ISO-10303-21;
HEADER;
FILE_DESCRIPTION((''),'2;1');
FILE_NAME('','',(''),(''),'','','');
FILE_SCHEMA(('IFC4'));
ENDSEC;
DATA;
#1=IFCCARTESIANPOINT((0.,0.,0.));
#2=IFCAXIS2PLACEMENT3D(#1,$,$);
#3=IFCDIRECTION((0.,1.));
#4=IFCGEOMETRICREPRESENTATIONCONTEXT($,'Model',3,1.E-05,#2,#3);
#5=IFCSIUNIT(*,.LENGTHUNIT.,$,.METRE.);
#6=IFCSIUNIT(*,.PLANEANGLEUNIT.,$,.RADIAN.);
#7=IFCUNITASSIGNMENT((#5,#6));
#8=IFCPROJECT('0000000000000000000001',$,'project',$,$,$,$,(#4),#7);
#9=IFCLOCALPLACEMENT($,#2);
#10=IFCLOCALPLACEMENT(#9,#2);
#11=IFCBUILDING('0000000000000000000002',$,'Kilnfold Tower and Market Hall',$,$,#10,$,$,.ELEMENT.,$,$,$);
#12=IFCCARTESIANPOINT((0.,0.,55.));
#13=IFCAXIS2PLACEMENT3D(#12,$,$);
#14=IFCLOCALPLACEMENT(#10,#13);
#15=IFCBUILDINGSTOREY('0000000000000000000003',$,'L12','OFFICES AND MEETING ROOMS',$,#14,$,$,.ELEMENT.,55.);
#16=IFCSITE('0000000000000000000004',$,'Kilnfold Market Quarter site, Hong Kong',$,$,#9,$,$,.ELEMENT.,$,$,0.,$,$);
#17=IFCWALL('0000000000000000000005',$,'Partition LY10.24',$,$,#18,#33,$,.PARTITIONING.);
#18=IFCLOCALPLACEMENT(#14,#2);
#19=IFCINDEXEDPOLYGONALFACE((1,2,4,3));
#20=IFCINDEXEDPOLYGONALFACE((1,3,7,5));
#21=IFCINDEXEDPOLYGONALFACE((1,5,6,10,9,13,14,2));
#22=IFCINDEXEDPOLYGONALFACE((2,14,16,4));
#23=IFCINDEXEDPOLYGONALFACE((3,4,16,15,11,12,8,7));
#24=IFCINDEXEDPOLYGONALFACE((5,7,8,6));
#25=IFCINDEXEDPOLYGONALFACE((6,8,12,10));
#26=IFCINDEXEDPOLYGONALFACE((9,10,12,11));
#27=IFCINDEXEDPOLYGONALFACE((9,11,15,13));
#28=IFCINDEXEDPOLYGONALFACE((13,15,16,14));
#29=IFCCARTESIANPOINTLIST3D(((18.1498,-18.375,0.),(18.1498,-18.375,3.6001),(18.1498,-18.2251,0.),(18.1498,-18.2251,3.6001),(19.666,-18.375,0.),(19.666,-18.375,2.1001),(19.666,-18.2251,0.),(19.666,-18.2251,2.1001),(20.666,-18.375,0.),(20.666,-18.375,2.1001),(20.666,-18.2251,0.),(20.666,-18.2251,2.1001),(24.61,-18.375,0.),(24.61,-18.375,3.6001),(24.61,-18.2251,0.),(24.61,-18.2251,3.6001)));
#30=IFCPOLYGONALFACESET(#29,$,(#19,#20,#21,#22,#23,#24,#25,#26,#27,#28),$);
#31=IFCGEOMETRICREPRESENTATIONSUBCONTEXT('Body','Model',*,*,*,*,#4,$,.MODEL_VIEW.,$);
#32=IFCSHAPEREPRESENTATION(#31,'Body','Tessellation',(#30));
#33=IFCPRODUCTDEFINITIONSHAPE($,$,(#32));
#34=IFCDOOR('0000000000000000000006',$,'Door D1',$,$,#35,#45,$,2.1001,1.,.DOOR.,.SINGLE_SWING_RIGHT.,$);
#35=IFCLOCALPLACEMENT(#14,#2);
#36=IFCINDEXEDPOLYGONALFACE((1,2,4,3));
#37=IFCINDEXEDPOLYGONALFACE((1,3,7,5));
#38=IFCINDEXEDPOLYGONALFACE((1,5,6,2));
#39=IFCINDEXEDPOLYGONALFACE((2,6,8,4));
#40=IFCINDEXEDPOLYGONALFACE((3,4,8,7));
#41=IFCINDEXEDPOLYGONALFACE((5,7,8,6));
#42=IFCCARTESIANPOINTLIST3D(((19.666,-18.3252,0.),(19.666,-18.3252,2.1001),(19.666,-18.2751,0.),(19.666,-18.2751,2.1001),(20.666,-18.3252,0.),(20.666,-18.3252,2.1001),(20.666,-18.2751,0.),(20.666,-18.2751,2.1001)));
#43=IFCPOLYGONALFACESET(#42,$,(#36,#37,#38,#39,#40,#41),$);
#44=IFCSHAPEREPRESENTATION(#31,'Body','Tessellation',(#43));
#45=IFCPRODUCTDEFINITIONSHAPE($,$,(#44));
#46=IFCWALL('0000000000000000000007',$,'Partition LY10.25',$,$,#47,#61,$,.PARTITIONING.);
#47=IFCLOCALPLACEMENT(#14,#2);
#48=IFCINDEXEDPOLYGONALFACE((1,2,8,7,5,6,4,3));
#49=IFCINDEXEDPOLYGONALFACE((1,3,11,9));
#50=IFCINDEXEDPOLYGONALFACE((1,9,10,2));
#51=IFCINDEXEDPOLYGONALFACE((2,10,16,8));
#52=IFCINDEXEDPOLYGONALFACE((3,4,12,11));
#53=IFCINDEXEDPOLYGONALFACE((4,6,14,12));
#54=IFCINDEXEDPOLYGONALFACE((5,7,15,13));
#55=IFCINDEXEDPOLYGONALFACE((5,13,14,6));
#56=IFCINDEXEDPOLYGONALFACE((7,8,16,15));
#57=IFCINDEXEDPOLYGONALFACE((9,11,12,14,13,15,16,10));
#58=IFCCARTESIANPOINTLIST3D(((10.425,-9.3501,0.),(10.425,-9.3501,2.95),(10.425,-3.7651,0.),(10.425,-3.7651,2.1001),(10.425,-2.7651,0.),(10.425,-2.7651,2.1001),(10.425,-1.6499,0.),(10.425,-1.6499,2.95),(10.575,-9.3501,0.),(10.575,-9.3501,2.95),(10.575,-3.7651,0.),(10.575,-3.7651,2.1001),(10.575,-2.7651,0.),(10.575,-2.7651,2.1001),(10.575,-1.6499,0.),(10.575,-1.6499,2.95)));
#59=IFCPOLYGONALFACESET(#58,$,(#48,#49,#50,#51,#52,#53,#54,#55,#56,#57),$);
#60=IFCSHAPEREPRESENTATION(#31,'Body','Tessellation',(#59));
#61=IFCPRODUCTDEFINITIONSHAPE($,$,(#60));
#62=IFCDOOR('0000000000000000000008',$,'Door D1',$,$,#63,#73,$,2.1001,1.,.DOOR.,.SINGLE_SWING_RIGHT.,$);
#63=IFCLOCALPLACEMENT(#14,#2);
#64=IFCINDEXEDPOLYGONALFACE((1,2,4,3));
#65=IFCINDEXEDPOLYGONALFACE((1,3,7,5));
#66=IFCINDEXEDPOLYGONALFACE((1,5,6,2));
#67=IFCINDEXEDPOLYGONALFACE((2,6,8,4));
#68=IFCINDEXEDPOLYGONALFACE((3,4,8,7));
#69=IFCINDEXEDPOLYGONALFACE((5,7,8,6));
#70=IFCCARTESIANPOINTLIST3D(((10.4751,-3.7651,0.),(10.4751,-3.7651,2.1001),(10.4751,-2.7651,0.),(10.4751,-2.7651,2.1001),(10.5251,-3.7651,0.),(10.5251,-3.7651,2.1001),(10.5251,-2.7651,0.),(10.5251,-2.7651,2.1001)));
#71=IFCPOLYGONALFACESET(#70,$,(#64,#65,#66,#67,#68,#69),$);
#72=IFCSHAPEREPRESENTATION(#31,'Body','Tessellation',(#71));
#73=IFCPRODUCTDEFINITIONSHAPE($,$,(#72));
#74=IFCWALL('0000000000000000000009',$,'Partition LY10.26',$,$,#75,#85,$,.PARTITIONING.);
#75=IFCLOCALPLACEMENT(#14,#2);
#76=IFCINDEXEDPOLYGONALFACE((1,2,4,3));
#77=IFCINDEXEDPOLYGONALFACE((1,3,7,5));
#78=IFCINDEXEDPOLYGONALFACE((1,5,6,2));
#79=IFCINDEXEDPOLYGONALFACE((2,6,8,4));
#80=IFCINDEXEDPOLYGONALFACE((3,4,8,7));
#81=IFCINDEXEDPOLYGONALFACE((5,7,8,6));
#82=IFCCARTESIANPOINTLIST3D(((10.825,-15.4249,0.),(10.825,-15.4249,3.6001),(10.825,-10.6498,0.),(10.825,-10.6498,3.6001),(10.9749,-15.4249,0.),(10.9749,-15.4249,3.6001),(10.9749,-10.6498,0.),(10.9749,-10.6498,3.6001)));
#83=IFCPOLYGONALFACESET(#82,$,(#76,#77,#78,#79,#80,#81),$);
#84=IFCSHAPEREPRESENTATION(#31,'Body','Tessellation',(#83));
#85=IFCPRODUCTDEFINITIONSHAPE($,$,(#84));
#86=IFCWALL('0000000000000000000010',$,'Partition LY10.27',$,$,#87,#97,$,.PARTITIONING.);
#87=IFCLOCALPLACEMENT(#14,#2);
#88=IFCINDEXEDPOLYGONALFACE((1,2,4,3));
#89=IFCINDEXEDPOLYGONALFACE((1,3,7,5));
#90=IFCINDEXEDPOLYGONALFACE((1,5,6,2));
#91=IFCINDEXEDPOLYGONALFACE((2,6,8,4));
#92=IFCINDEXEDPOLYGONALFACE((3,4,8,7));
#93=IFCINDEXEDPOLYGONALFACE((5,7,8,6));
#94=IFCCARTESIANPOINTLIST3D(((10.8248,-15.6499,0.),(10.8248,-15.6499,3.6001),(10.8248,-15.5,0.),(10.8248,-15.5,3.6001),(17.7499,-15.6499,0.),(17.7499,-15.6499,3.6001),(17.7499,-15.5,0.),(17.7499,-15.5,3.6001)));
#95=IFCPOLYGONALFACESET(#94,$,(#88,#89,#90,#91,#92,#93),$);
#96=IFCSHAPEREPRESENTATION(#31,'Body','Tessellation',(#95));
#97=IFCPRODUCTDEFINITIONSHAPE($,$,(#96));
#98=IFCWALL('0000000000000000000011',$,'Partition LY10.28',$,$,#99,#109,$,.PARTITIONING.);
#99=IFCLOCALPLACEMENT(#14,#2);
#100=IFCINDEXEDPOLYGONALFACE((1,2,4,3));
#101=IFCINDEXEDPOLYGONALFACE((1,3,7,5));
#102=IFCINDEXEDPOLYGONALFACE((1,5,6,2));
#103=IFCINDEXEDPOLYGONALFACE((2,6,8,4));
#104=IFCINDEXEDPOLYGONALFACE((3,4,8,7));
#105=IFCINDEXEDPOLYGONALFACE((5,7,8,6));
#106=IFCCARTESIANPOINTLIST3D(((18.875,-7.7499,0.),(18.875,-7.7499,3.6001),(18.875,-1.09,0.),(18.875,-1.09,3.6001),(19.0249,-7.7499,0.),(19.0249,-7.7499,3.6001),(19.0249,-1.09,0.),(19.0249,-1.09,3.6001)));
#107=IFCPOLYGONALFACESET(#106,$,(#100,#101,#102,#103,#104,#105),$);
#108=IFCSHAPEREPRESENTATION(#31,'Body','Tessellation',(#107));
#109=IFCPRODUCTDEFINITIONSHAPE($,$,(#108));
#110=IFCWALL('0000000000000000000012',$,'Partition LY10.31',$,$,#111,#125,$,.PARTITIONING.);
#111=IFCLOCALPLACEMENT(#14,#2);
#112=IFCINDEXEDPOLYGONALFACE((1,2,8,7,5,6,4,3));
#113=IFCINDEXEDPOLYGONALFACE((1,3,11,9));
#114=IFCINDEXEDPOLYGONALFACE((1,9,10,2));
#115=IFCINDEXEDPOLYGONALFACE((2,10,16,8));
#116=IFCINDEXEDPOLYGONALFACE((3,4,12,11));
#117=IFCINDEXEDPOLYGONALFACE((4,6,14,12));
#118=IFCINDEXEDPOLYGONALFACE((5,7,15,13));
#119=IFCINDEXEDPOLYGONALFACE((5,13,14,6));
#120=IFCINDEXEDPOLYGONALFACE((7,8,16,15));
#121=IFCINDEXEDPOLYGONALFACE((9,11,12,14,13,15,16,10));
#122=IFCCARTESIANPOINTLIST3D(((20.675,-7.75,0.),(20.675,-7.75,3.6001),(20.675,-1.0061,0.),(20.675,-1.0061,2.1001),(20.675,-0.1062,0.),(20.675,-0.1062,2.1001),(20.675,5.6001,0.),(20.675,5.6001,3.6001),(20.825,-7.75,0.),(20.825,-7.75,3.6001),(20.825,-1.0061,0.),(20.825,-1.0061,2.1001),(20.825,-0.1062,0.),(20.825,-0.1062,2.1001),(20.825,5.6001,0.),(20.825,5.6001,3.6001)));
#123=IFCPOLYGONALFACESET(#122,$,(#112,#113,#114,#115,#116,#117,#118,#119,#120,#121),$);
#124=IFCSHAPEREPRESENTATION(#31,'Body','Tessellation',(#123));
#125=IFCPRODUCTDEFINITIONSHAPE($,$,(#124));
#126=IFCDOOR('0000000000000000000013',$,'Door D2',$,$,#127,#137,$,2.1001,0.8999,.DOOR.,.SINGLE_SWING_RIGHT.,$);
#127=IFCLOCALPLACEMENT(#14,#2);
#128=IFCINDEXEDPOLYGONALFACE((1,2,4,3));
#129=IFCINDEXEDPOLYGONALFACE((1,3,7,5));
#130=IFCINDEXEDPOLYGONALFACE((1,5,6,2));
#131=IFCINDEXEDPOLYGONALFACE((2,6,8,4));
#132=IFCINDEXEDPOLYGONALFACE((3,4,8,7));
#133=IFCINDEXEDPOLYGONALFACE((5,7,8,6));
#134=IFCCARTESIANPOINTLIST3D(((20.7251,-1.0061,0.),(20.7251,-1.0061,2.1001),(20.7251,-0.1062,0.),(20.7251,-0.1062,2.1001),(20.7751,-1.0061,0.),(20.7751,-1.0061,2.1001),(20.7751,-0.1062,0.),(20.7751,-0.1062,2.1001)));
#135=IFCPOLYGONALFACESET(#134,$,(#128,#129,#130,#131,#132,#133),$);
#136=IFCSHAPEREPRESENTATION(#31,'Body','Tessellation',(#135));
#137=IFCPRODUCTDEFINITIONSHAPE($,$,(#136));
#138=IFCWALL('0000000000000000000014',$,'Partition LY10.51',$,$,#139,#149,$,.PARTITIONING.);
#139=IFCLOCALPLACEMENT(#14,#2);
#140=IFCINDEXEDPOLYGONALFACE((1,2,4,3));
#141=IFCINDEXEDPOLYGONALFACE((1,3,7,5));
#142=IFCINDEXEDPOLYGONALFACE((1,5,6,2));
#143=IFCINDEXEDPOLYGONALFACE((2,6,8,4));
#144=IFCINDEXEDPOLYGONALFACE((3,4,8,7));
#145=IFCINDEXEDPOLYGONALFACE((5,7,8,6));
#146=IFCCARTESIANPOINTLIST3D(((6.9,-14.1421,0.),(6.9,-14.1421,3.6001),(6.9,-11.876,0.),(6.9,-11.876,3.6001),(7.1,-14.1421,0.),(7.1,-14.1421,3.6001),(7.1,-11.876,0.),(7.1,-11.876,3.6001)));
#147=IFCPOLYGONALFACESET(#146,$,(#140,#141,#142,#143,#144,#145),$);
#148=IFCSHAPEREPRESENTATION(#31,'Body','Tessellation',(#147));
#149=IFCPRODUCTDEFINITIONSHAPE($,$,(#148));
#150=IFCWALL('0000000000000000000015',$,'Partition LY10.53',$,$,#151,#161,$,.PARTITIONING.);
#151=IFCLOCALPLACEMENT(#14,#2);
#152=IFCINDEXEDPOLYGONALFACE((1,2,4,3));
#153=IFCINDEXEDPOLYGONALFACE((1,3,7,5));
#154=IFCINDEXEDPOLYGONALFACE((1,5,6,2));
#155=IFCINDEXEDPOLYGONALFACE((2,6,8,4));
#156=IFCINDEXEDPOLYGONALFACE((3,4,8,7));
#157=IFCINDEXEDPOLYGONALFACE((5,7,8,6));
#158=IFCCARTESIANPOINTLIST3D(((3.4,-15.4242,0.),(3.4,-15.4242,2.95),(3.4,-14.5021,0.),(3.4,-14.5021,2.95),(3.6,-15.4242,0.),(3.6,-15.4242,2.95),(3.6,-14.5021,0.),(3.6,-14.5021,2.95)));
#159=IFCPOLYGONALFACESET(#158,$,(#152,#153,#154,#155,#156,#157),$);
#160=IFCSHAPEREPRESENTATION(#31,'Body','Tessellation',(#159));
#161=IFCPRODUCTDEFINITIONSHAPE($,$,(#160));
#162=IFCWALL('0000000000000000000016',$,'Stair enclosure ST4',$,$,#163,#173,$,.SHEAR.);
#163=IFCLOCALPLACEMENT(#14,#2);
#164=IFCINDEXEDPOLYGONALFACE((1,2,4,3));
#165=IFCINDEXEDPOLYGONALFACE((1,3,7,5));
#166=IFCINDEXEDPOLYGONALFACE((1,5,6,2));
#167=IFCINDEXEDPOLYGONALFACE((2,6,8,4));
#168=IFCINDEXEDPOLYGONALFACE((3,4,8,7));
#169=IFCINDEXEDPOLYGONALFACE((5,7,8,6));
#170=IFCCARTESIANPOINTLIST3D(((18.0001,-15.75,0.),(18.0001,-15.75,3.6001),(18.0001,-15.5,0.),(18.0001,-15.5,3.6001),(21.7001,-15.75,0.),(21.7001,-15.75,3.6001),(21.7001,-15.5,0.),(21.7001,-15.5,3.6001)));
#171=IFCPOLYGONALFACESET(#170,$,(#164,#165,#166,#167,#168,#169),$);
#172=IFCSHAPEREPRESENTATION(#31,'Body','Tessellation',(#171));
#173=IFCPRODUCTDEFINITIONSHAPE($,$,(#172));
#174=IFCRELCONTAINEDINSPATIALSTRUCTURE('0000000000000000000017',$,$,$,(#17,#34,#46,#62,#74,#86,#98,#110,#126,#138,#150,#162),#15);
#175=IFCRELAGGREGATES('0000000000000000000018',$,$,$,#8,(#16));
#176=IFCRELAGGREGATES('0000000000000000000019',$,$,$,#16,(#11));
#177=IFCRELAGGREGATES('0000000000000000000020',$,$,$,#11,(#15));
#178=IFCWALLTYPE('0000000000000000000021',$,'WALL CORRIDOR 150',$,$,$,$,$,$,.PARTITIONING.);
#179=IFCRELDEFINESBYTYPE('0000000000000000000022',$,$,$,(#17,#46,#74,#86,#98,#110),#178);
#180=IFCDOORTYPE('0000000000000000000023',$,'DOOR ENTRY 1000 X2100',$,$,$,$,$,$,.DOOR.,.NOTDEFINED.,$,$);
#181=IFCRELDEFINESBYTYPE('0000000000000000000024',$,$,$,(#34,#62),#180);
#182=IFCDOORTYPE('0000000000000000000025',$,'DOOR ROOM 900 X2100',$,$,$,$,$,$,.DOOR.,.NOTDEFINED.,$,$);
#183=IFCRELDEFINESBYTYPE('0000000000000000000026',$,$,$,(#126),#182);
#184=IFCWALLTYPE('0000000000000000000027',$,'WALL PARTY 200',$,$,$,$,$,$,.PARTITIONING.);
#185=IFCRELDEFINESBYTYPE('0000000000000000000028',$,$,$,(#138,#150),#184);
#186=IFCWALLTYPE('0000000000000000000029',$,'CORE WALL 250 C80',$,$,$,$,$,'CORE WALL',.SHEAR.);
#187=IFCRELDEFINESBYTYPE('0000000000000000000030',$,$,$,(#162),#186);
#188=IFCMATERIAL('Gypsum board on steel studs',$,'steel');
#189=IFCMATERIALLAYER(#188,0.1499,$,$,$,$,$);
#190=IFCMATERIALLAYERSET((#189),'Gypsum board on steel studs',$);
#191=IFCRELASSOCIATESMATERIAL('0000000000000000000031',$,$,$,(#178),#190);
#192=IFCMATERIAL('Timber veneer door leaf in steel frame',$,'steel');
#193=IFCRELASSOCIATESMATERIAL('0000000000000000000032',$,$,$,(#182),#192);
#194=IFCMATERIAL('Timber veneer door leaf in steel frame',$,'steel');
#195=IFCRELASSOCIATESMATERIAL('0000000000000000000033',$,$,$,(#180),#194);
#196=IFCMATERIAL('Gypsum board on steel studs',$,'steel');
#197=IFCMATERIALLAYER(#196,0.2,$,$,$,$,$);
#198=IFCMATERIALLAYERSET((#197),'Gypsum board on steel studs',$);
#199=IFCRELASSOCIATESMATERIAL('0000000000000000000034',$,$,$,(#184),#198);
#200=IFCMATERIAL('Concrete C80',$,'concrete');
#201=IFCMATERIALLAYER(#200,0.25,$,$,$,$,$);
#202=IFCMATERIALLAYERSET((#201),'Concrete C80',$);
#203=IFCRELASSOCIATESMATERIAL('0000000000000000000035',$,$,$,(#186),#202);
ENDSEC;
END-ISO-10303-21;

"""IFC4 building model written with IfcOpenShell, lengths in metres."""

from ifc_helpers import new_model, si_unit, direction, frame, frame_2d, origin, place, context, subcontext, project, spatial, rectangle, extrude, source, transform, mapped, material, layer, layer_set, type_object, element, fill, save


model = new_model("IFC4")

# Units and contexts
model_context = context("Model", 3, precision=1e-05, world=origin(), true_north=direction((0.0, 1.0)))
body_context = subcontext(model_context, "Body", "Model", "MODEL_VIEW")
ifc_project = project(units=[si_unit("LENGTHUNIT", "METRE"), si_unit("PLANEANGLEUNIT", "RADIAN")], contexts=[model_context])

# Site, building, storey
site_placement = place(None, origin())
site = spatial("IfcSite", under=ifc_project, at=site_placement, Name="Kilnfold Market Quarter site, Hong Kong", CompositionType="ELEMENT", RefElevation=0.0)
building_placement = place(site_placement, origin())
building = spatial("IfcBuilding", under=site, at=building_placement, Name="Kilnfold Tower and Market Hall", CompositionType="ELEMENT")
storey_placement = place(building_placement, frame((0.0, 0.0, 55.0)))
storey = spatial("IfcBuildingStorey", under=building, at=storey_placement, Name="L12", Description="OFFICES AND MEETING ROOMS", CompositionType="ELEMENT", Elevation=55.0)

# Shared definitions
ifc_material_1 = material(Name="Gypsum board on steel studs", Category="steel")
ifc_layer_1 = layer(ifc_material_1, 0.1499)
ifc_layer_set_1 = layer_set([ifc_layer_1], Name="Gypsum board on steel studs")
wall_type_1 = type_object("IfcWallType", Name="WALL CORRIDOR 150", PredefinedType="PARTITIONING", material=ifc_layer_set_1)
ifc_material_2 = material(Name="Timber veneer door leaf in steel frame", Category="steel")
door_type_1 = type_object("IfcDoorType", Name="DOOR ROOM 900 X2100", OperationType="NOTDEFINED", PredefinedType="DOOR", material=ifc_material_2)

# Walls, openings, doors
wall_1_placement = place(storey_placement, frame((18.1499, -18.3, 0.0), z_axis=(0.0, 0.0, 1.0), x_axis=(1.0, 0.0, 0.0)))
wall_1 = element("IfcWall", 1, at=wall_1_placement, inside=storey, type_object=wall_type_1, Name="Partition LY10.24", PredefinedType="PARTITIONING", context=body_context, shape_type="SweptSolid", body=[
    extrude(rectangle(XDim=6.4602, YDim=0.1499, at=frame_2d((3.23, 0.0))), origin(), (0.0, 0.0, 1.0), 3.6001),
])
opening_1_placement = place(wall_1_placement, frame((1.5161, 0.0, 0.0)))
opening_1 = element("IfcOpeningElement", 2, at=opening_1_placement, cuts=wall_1, PredefinedType="OPENING", context=body_context, shape_type="SweptSolid", body=[
    extrude(rectangle(XDim=1.0, YDim=2.1001, at=frame_2d((0.5, 1.05))), frame((0.0, 0.085, 0.0), z_axis=(0.0, -1.0, 0.0), x_axis=(1.0, 0.0, 0.0)), (0.0, 0.0, 1.0), 0.1699),
])
ifc_material_3 = material(Name="Timber veneer door leaf in steel frame", Category="steel")
door_type_2 = type_object("IfcDoorType", Name="DOOR ENTRY 1000 X2100", OperationType="NOTDEFINED", PredefinedType="DOOR", material=ifc_material_3)
door_1_placement = place(opening_1_placement, origin())
door_1 = element("IfcDoor", 3, at=door_1_placement, inside=storey, type_object=door_type_2, Name="Door D1", OperationType="SINGLE_SWING_RIGHT", OverallHeight=2.1001, OverallWidth=1.0, PredefinedType="DOOR", context=body_context, shape_type="SweptSolid", body=[
    extrude(rectangle(XDim=1.0, YDim=2.1001, at=frame_2d((0.5, 1.05))), frame((0.0, 0.0249, 0.0), z_axis=(0.0, -1.0, 0.0), x_axis=(1.0, 0.0, 0.0)), (0.0, 0.0, 1.0), 0.05),
])
fill(opening_1, door_1)
wall_2_placement = place(storey_placement, frame((10.5, -9.3501, 0.0), z_axis=(0.0, 0.0, 1.0), x_axis=(0.0, 1.0, 0.0)))
wall_2 = element("IfcWall", 4, at=wall_2_placement, inside=storey, type_object=wall_type_1, Name="Partition LY10.25", PredefinedType="PARTITIONING", context=body_context, shape_type="SweptSolid", body=[
    extrude(rectangle(XDim=7.7002, YDim=0.1499, at=frame_2d((3.8501, 0.0))), origin(), (0.0, 0.0, 1.0), 2.95),
])
opening_2_placement = place(wall_2_placement, frame((5.585, 0.0, 0.0)))
opening_2 = element("IfcOpeningElement", 5, at=opening_2_placement, cuts=wall_2, PredefinedType="OPENING", context=body_context, shape_type="SweptSolid", body=[
    extrude(rectangle(XDim=1.0, YDim=2.1001, at=frame_2d((0.5, 1.05))), frame((0.0, 0.085, 0.0), z_axis=(0.0, -1.0, 0.0), x_axis=(1.0, 0.0, 0.0)), (0.0, 0.0, 1.0), 0.1699),
])
door_2_placement = place(opening_2_placement, origin())
door_2 = element("IfcDoor", 6, at=door_2_placement, inside=storey, type_object=door_type_2, Name="Door D1", OperationType="SINGLE_SWING_RIGHT", OverallHeight=2.1001, OverallWidth=1.0, PredefinedType="DOOR", context=body_context, shape_type="SweptSolid", body=[
    extrude(rectangle(XDim=1.0, YDim=2.1001, at=frame_2d((0.5, 1.05))), frame((0.0, 0.0249, 0.0), z_axis=(0.0, -1.0, 0.0), x_axis=(1.0, 0.0, 0.0)), (0.0, 0.0, 1.0), 0.05),
])
fill(opening_2, door_2)

# Walls
wall_3_placement = place(storey_placement, frame((10.8999, -15.425, 0.0), z_axis=(0.0, 0.0, 1.0), x_axis=(0.0, 1.0, 0.0)))
element("IfcWall", 7, at=wall_3_placement, inside=storey, type_object=wall_type_1, Name="Partition LY10.26", PredefinedType="PARTITIONING", context=body_context, shape_type="SweptSolid", body=[
    extrude(rectangle(XDim=4.7751, YDim=0.1499, at=frame_2d((2.3877, 0.0))), origin(), (0.0, 0.0, 1.0), 3.6001),
])
wall_4_placement = place(storey_placement, frame((10.825, -15.575, 0.0), z_axis=(0.0, 0.0, 1.0), x_axis=(1.0, 0.0, 0.0)))
element("IfcWall", 8, at=wall_4_placement, inside=storey, type_object=wall_type_1, Name="Partition LY10.27", PredefinedType="PARTITIONING", context=body_context, shape_type="SweptSolid", body=[
    extrude(rectangle(XDim=6.925, YDim=0.1499, at=frame_2d((3.4624, 0.0))), origin(), (0.0, 0.0, 1.0), 3.6001),
])
wall_5_placement = place(storey_placement, frame((18.95, -7.75, 0.0), z_axis=(0.0, 0.0, 1.0), x_axis=(0.0, 1.0, 0.0)))
element("IfcWall", 9, at=wall_5_placement, inside=storey, type_object=wall_type_1, Name="Partition LY10.28", PredefinedType="PARTITIONING", context=body_context, shape_type="SweptSolid", body=[
    extrude(rectangle(XDim=6.6599, YDim=0.1499, at=frame_2d((3.3301, 0.0))), origin(), (0.0, 0.0, 1.0), 3.6001),
])

# Wall, opening, door
wall_6_placement = place(storey_placement, frame((20.75, -7.75, 0.0), z_axis=(0.0, 0.0, 1.0), x_axis=(0.0, 1.0, 0.0)))
wall_6 = element("IfcWall", 10, at=wall_6_placement, inside=storey, type_object=wall_type_1, Name="Partition LY10.31", PredefinedType="PARTITIONING", context=body_context, shape_type="SweptSolid", body=[
    extrude(rectangle(XDim=13.3501, YDim=0.1499, at=frame_2d((6.675, 0.0))), origin(), (0.0, 0.0, 1.0), 3.6001),
])
opening_3_placement = place(wall_6_placement, frame((6.7439, 0.0, 0.0)))
opening_3 = element("IfcOpeningElement", 11, at=opening_3_placement, cuts=wall_6, PredefinedType="OPENING", context=body_context, shape_type="SweptSolid", body=[
    extrude(rectangle(XDim=0.8999, YDim=2.1001, at=frame_2d((0.45, 1.05))), frame((0.0, 0.085, 0.0), z_axis=(0.0, -1.0, 0.0), x_axis=(1.0, 0.0, 0.0)), (0.0, 0.0, 1.0), 0.1699),
])
door_3_placement = place(opening_3_placement, origin())
door_3 = element("IfcDoor", 12, at=door_3_placement, inside=storey, type_object=door_type_1, Name="Door D2", OperationType="SINGLE_SWING_RIGHT", OverallHeight=2.1001, OverallWidth=0.8999, PredefinedType="DOOR", context=body_context, shape_type="SweptSolid", body=[
    extrude(rectangle(XDim=0.8999, YDim=2.1001, at=frame_2d((0.45, 1.05))), frame((0.0, 0.0249, 0.0), z_axis=(0.0, -1.0, 0.0), x_axis=(1.0, 0.0, 0.0)), (0.0, 0.0, 1.0), 0.05),
])
fill(opening_3, door_3)

# Walls
ifc_material_4 = material(Name="Gypsum board on steel studs", Category="steel")
ifc_layer_2 = layer(ifc_material_4, 0.2)
ifc_layer_set_2 = layer_set([ifc_layer_2], Name="Gypsum board on steel studs")
wall_type_2 = type_object("IfcWallType", Name="WALL PARTY 200", PredefinedType="PARTITIONING", material=ifc_layer_set_2)
wall_7_placement = place(storey_placement, frame((7.0, -14.1421, 0.0), z_axis=(0.0, 0.0, 1.0), x_axis=(0.0, 1.0, 0.0)))
element("IfcWall", 13, at=wall_7_placement, inside=storey, type_object=wall_type_2, Name="Partition LY10.51", PredefinedType="PARTITIONING", context=body_context, shape_type="SweptSolid", body=[
    extrude(rectangle(XDim=2.2661, YDim=0.2, at=frame_2d((1.1331, 0.0))), origin(), (0.0, 0.0, 1.0), 3.6001),
])
wall_8_placement = place(storey_placement, frame((3.5, -15.4241, 0.0), z_axis=(0.0, 0.0, 1.0), x_axis=(0.0, 1.0, 0.0)))
element("IfcWall", 14, at=wall_8_placement, inside=storey, type_object=wall_type_2, Name="Partition LY10.53", PredefinedType="PARTITIONING", context=body_context, shape_type="SweptSolid", body=[
    extrude(rectangle(XDim=0.9221, YDim=0.2, at=frame_2d((0.4609, 0.0))), origin(), (0.0, 0.0, 1.0), 2.95),
])
ifc_material_5 = material(Name="Concrete C80", Category="concrete")
ifc_layer_3 = layer(ifc_material_5, 0.25)
ifc_layer_set_3 = layer_set([ifc_layer_3], Name="Concrete C80")
wall_type_3 = type_object("IfcWallType", Name="CORE WALL 250 C80", ElementType="CORE WALL", PredefinedType="SHEAR", material=ifc_layer_set_3)
shared_shape_1 = source(origin(), body_context, "Body", "SweptSolid", [
    extrude(rectangle(XDim=3.7, YDim=0.25, at=frame_2d((1.8501, 0.0))), origin(), (0.0, 0.0, 1.0), 3.6001),
])
wall_9_placement = place(storey_placement, frame((18.0, -15.625, 0.0), z_axis=(0.0, 0.0, 1.0), x_axis=(1.0, 0.0, 0.0)))
element("IfcWall", 15, at=wall_9_placement, inside=storey, type_object=wall_type_3, Name="Stair enclosure ST4", PredefinedType="SHEAR", context=body_context, shape_type="MappedRepresentation", body=[
    mapped(shared_shape_1, transform((0.0, 0.0, 0.0))),
])

save(model, "model.ifc")
